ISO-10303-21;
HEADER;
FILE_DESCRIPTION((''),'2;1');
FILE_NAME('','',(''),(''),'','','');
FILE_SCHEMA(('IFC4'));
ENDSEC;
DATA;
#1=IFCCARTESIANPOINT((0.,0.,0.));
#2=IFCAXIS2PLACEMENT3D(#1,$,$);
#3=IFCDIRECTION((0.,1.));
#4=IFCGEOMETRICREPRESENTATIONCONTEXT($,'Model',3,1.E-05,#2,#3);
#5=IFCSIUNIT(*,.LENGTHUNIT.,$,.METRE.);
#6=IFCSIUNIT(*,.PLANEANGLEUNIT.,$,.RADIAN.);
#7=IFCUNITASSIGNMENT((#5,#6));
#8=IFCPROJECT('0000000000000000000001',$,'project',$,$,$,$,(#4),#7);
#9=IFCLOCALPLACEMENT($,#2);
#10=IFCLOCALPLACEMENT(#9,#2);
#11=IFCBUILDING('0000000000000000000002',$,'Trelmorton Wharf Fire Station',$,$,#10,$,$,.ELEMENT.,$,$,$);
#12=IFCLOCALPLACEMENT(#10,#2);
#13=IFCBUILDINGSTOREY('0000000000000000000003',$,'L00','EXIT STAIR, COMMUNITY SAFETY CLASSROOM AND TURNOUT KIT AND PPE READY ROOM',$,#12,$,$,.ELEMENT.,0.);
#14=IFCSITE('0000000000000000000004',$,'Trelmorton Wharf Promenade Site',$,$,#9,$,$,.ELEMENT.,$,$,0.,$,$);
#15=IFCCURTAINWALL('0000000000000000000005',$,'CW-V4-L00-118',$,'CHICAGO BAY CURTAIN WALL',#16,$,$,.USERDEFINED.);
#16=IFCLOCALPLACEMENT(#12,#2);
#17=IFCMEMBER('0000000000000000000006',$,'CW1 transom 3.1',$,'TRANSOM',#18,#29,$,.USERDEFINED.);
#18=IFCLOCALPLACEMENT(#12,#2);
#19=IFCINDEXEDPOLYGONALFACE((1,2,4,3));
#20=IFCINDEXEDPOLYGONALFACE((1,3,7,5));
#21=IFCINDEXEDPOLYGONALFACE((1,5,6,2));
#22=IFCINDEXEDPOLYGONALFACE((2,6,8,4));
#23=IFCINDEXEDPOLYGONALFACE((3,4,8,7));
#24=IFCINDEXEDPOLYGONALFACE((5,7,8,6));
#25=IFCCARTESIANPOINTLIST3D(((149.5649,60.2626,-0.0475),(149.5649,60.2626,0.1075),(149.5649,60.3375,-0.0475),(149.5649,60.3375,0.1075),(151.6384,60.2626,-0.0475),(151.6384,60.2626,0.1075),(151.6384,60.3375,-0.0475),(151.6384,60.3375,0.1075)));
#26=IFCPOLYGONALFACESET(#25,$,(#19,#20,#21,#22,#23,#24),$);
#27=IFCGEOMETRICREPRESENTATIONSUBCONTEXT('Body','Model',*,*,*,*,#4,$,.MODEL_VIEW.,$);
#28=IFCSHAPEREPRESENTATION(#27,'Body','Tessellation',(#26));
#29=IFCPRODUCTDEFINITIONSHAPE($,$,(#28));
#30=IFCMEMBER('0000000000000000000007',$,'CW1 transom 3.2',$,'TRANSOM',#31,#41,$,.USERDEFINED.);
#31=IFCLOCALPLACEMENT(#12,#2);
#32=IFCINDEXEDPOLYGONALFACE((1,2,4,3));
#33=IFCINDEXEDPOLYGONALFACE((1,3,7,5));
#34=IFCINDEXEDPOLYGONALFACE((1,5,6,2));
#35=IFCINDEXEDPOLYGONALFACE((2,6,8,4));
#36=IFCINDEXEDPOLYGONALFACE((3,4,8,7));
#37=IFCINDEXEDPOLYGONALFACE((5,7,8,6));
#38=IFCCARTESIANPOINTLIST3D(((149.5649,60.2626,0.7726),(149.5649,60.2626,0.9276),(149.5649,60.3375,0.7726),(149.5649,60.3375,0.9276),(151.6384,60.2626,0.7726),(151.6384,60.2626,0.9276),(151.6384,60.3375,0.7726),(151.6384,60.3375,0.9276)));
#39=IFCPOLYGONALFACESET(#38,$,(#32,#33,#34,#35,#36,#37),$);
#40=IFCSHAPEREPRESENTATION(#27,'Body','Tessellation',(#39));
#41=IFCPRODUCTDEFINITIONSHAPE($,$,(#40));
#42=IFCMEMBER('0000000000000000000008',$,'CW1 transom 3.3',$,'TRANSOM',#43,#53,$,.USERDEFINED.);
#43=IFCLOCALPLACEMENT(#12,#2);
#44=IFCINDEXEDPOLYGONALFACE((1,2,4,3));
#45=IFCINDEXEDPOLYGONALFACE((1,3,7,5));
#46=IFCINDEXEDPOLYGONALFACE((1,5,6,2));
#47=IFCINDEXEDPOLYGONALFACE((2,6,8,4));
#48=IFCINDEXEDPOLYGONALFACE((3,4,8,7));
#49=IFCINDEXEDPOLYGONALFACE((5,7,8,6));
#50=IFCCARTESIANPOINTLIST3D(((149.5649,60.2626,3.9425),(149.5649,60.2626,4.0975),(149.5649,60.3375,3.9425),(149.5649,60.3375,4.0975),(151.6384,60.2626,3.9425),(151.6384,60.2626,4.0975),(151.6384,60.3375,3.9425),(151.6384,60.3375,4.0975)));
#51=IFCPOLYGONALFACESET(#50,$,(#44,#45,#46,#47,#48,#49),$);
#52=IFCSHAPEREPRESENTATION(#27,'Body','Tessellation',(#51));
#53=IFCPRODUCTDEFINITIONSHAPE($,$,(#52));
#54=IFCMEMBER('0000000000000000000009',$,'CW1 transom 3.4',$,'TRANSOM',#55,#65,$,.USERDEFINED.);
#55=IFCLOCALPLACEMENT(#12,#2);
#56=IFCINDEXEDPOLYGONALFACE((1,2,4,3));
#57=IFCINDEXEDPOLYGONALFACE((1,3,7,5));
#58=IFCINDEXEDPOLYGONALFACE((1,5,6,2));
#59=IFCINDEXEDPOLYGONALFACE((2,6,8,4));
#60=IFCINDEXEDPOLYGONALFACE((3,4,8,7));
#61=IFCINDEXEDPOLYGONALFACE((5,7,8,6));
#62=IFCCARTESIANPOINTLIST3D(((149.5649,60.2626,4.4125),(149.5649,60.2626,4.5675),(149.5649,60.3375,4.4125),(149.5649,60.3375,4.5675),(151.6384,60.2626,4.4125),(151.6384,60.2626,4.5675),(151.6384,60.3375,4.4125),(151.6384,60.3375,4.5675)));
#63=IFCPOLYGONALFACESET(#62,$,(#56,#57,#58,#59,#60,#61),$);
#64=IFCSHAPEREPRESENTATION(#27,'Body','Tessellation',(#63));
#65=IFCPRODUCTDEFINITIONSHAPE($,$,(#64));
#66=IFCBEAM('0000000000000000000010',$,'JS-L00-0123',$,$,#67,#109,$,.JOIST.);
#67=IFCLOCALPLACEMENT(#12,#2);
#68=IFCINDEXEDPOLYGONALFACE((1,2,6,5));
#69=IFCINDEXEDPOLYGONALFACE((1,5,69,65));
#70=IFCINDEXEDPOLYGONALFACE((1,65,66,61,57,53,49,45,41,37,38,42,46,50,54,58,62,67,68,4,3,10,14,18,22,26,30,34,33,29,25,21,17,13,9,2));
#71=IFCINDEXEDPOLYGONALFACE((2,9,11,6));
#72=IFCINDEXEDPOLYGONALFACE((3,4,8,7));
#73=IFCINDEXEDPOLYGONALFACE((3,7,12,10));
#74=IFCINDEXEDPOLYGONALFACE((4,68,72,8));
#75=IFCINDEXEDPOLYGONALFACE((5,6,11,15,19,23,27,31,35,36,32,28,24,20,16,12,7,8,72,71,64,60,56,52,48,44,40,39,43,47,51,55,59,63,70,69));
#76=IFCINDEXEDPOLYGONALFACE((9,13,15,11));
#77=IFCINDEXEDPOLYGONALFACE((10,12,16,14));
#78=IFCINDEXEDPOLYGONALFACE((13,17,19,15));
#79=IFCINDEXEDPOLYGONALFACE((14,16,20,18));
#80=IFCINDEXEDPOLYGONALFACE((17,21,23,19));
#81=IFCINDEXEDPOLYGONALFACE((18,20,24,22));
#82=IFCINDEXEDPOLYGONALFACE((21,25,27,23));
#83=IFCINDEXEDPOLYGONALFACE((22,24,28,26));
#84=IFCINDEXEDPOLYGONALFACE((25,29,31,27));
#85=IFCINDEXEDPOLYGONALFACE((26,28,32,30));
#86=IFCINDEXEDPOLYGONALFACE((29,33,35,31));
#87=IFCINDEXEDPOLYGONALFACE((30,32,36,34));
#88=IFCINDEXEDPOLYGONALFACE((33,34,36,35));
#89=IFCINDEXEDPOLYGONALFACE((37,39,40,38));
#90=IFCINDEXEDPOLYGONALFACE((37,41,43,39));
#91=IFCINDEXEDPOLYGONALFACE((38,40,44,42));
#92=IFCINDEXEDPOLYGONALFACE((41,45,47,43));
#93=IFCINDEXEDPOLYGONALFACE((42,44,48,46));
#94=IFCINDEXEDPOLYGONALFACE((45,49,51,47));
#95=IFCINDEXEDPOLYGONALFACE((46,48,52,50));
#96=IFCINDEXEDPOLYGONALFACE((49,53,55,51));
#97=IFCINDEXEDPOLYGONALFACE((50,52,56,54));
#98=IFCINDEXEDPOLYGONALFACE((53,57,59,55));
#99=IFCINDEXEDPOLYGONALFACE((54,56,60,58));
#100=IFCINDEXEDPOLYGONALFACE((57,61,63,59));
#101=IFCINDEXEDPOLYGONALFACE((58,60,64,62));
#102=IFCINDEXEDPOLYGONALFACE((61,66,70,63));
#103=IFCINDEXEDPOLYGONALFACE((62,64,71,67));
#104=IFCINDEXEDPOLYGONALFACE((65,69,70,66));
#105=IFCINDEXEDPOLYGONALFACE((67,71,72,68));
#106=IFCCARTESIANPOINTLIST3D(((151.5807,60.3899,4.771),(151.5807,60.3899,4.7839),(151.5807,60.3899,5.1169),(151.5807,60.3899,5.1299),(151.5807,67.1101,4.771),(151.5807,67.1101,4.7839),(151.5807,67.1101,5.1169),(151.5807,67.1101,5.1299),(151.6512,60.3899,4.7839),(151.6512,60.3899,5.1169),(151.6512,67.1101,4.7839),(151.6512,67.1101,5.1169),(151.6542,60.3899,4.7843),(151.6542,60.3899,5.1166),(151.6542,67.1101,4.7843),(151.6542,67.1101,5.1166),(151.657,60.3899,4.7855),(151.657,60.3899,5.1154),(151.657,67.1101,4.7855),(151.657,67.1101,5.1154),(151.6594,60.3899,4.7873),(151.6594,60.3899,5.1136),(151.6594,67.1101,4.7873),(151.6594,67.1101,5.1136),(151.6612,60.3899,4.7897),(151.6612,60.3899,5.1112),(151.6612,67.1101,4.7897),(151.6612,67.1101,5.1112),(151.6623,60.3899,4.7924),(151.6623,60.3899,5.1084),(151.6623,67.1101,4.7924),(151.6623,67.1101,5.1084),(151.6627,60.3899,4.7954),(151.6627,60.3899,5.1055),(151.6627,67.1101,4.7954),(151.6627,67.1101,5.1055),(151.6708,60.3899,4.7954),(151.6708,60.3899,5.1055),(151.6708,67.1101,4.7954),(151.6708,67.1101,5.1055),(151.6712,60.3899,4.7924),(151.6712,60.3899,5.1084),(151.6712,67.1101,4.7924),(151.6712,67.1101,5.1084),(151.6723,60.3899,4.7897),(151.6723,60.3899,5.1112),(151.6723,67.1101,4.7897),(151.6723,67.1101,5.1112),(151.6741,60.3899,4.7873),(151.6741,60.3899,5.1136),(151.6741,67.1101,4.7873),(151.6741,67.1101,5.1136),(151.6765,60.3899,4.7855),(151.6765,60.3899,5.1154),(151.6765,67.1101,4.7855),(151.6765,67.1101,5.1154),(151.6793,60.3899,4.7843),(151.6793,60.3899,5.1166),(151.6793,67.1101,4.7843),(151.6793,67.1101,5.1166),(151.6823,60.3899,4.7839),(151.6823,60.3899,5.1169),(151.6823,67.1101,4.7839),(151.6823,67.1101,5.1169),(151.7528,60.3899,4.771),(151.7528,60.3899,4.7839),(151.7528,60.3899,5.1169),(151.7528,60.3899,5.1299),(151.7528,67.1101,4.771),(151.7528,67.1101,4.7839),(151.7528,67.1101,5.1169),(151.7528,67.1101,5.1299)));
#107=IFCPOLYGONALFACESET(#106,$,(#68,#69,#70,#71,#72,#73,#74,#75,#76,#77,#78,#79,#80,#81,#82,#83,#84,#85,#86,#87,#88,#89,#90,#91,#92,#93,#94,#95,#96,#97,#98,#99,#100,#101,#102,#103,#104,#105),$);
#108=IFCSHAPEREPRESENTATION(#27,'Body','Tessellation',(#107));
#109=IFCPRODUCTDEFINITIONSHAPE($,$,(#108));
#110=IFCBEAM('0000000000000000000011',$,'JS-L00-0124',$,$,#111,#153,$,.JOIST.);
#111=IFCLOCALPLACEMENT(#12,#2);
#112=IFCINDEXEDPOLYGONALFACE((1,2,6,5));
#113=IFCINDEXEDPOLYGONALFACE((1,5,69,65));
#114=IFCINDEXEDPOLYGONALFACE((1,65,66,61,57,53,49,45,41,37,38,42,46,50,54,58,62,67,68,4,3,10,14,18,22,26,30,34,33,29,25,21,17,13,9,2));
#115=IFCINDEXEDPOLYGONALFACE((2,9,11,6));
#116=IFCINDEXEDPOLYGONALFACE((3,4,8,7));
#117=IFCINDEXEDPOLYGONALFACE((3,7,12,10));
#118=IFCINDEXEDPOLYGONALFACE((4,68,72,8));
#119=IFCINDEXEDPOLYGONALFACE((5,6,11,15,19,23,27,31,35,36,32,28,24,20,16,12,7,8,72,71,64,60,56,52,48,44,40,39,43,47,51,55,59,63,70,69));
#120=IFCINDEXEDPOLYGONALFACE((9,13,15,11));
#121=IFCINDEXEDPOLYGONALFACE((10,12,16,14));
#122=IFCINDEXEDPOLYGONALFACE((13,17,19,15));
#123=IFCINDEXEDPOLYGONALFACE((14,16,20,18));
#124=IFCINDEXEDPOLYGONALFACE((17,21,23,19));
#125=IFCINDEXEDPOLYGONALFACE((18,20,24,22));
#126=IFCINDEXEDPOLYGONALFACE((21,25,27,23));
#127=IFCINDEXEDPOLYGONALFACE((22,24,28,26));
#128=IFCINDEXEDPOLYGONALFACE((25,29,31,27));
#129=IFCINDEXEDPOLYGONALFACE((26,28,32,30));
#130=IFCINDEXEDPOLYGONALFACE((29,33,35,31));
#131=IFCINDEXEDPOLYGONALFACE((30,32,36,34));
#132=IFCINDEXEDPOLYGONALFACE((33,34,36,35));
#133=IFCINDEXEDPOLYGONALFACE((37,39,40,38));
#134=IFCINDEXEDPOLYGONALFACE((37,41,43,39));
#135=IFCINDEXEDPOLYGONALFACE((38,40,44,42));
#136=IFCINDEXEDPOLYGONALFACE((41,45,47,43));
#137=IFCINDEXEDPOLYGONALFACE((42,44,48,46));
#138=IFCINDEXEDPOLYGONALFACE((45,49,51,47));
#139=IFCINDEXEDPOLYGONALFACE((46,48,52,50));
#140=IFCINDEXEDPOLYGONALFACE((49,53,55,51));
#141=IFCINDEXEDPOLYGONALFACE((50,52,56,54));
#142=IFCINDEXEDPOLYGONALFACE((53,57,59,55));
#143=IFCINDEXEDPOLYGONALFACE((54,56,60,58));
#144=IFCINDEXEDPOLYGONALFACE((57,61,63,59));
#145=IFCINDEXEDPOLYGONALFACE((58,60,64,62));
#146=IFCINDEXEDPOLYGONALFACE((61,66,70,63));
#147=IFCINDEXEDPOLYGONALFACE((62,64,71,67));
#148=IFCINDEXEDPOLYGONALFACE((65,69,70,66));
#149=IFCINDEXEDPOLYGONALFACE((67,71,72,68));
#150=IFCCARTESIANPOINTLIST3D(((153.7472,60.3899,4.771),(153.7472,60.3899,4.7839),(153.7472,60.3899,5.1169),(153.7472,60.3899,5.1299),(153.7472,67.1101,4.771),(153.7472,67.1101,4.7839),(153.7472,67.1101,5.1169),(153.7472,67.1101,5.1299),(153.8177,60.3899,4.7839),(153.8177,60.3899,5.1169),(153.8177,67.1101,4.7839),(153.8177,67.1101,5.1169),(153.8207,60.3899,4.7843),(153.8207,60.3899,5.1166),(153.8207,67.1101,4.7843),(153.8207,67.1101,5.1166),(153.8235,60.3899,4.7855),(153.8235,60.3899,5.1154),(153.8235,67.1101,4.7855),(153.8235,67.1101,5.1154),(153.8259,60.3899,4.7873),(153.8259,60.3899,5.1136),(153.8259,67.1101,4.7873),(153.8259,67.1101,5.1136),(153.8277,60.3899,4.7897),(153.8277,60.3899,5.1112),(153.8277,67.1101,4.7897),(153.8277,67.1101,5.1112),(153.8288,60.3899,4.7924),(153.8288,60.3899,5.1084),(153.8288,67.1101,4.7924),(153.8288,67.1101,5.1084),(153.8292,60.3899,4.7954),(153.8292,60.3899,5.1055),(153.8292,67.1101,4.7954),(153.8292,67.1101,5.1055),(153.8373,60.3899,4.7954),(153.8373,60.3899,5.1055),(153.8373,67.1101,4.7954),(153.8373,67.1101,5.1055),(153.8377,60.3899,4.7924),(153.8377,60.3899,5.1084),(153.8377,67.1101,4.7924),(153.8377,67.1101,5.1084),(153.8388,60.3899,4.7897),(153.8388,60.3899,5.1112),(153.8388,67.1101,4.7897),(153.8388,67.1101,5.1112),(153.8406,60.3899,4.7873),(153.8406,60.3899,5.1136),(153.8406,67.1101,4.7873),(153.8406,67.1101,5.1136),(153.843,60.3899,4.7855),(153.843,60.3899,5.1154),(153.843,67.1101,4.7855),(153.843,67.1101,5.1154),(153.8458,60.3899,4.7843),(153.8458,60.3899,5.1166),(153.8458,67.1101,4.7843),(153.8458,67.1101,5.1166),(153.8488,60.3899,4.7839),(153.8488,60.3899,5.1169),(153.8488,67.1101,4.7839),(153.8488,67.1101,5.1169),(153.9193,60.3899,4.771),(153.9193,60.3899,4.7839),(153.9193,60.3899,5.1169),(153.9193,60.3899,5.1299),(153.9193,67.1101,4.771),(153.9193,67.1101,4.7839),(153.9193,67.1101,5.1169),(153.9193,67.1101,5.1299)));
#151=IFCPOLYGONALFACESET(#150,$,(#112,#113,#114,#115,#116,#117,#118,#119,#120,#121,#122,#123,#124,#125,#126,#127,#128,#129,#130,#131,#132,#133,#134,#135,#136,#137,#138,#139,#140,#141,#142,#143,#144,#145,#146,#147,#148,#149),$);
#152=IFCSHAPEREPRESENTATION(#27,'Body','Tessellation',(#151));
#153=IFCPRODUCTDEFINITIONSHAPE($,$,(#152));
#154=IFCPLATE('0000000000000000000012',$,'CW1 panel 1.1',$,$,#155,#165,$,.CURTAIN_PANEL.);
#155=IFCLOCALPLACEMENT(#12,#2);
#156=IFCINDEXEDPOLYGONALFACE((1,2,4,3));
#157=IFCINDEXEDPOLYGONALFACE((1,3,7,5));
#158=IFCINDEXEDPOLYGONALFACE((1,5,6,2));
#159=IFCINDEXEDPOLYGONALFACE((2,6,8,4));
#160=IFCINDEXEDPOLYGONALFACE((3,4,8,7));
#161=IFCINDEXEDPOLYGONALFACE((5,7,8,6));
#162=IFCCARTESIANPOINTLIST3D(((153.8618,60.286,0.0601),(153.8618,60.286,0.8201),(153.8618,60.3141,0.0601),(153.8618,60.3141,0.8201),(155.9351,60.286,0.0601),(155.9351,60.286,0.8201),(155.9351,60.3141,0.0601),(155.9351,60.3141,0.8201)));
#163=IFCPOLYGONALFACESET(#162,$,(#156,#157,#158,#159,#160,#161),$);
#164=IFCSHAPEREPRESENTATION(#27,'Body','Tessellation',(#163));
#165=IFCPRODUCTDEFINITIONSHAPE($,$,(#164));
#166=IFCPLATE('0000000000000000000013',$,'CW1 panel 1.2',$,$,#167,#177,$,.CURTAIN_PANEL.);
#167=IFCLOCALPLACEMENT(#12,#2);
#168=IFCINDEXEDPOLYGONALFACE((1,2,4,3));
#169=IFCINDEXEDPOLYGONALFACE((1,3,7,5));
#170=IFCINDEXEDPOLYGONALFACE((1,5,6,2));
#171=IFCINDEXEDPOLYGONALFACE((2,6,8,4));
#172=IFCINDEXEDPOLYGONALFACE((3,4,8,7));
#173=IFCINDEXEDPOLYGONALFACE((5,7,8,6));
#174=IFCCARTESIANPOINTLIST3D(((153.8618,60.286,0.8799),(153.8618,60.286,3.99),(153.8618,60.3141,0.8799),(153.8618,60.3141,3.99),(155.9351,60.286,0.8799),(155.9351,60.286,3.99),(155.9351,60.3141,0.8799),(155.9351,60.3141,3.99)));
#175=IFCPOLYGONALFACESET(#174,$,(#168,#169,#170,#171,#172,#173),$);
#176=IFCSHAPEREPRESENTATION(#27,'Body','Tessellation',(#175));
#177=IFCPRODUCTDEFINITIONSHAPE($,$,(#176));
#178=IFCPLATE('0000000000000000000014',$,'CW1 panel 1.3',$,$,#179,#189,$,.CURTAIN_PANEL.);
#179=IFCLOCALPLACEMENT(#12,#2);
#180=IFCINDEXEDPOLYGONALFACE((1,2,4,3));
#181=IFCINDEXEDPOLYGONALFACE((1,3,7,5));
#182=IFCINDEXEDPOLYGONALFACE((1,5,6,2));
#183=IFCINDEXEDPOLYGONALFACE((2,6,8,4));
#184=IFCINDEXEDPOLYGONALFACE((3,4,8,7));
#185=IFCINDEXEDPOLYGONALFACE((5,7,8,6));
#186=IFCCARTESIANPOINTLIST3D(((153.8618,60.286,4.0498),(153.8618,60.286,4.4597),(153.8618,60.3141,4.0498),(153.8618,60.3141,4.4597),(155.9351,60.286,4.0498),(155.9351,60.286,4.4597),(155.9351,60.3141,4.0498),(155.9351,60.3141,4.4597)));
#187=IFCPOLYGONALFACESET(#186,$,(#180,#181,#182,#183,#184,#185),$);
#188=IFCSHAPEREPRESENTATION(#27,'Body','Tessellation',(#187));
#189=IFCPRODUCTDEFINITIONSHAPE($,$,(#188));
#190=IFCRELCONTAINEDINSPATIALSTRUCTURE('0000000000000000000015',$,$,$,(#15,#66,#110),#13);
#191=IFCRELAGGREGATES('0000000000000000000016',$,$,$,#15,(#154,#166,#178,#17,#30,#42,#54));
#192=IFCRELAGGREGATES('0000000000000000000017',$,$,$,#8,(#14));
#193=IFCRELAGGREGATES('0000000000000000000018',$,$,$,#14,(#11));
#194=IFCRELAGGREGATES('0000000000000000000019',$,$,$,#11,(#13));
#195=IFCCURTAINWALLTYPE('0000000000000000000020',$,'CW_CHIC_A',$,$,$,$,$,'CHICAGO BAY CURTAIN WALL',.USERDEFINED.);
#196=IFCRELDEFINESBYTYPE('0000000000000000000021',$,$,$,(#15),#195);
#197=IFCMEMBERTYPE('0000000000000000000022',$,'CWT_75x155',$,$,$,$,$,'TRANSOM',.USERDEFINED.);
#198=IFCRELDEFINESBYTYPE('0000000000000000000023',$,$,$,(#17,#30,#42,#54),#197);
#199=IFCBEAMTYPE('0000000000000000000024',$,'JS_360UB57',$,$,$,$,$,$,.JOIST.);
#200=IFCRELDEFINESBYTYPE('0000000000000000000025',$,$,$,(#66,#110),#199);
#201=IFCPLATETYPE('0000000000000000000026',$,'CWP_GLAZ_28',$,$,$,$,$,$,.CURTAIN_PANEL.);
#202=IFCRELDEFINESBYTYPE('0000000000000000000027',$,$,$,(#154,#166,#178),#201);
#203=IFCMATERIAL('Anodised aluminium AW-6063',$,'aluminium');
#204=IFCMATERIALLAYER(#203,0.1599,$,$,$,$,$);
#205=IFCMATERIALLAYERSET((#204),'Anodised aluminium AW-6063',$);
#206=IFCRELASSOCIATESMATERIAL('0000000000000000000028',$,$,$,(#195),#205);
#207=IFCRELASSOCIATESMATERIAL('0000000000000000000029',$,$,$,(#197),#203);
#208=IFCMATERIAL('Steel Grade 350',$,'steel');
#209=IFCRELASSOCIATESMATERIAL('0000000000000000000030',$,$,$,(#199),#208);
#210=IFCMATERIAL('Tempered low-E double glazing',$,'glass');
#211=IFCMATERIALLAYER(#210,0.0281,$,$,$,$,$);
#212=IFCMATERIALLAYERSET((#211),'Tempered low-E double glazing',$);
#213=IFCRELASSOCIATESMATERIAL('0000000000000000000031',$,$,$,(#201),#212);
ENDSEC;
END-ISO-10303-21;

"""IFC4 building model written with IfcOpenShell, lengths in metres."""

from ifc_helpers import new_model, si_unit, direction, frame, origin, origin_2d, place, context, subcontext, project, spatial, rectangle, i_section, extrude, material, layer, layer_set, material_profile, profile_set, type_object, element, aggregate, save


model = new_model("IFC4")

# Units and contexts
model_context = context("Model", 3, precision=1e-05, world=origin(), true_north=direction((0.0, 1.0)))
body_context = subcontext(model_context, "Body", "Model", "MODEL_VIEW")
ifc_project = project(units=[si_unit("LENGTHUNIT", "METRE"), si_unit("PLANEANGLEUNIT", "RADIAN")], contexts=[model_context])

# Site, building, storey
site_placement = place(None, origin())
site = spatial("IfcSite", under=ifc_project, at=site_placement, Name="Trelmorton Wharf Promenade Site", CompositionType="ELEMENT", RefElevation=0.0)
building_placement = place(site_placement, origin())
building = spatial("IfcBuilding", under=site, at=building_placement, Name="Trelmorton Wharf Fire Station", CompositionType="ELEMENT")
storey_placement = place(building_placement, origin())
storey = spatial("IfcBuildingStorey", under=building, at=storey_placement, Name="L00", Description="EXIT STAIR, COMMUNITY SAFETY CLASSROOM AND TURNOUT KIT AND PPE READY ROOM", CompositionType="ELEMENT", Elevation=0.0)

# Curtain wall, members
ifc_material_1 = material(Name="Anodised aluminium AW-6063", Category="aluminium")
ifc_layer_1 = layer(ifc_material_1, 0.1599)
ifc_layer_set_1 = layer_set([ifc_layer_1], Name="Anodised aluminium AW-6063")
curtain_wall_type = type_object("IfcCurtainWallType", Name="CW_CHIC_A", ElementType="CHICAGO BAY CURTAIN WALL", PredefinedType="USERDEFINED", material=ifc_layer_set_1)
curtain_wall_placement = place(storey_placement, origin())
curtain_wall = element("IfcCurtainWall", 1, at=curtain_wall_placement, inside=storey, type_object=curtain_wall_type, Name="CW-V4-L00-118", ObjectType="CHICAGO BAY CURTAIN WALL", PredefinedType="USERDEFINED")
ifc_material_profile_1 = material_profile(ifc_material_1, rectangle(XDim=0.075, YDim=0.155, at=origin_2d()), Name="ALU-75x155")
ifc_profile_set_1 = profile_set([ifc_material_profile_1], Name="Anodised aluminium AW-6063")
member_type_1 = type_object("IfcMemberType", Name="CWT_75x155", ElementType="TRANSOM", PredefinedType="USERDEFINED", material=ifc_profile_set_1)
member_1_placement = place(storey_placement, frame((151.6384, 60.3, 0.03), z_axis=(-1.0, 0.0, 0.0), x_axis=(0.0, -1.0, 0.0)))
member_1 = element("IfcMember", 2, at=member_1_placement, type_object=member_type_1, Name="CW1 transom 3.1", ObjectType="TRANSOM", PredefinedType="USERDEFINED", context=body_context, shape_type="SweptSolid", body=[
    extrude(rectangle(XDim=0.075, YDim=0.155, at=origin_2d()), origin(), (0.0, 0.0, 1.0), 2.0735),
])
member_2_placement = place(storey_placement, frame((151.6384, 60.3, 0.8501), z_axis=(-1.0, 0.0, 0.0), x_axis=(0.0, -1.0, 0.0)))
member_2 = element("IfcMember", 3, at=member_2_placement, type_object=member_type_1, Name="CW1 transom 3.2", ObjectType="TRANSOM", PredefinedType="USERDEFINED", context=body_context, shape_type="SweptSolid", body=[
    extrude(rectangle(XDim=0.075, YDim=0.155, at=origin_2d()), origin(), (0.0, 0.0, 1.0), 2.0735),
])
member_3_placement = place(storey_placement, frame((151.6384, 60.3, 4.02), z_axis=(-1.0, 0.0, 0.0), x_axis=(0.0, -1.0, 0.0)))
member_3 = element("IfcMember", 4, at=member_3_placement, type_object=member_type_1, Name="CW1 transom 3.3", ObjectType="TRANSOM", PredefinedType="USERDEFINED", context=body_context, shape_type="SweptSolid", body=[
    extrude(rectangle(XDim=0.075, YDim=0.155, at=origin_2d()), origin(), (0.0, 0.0, 1.0), 2.0735),
])
member_4_placement = place(storey_placement, frame((151.6384, 60.3, 4.49), z_axis=(-1.0, 0.0, 0.0), x_axis=(0.0, -1.0, 0.0)))
member_4 = element("IfcMember", 5, at=member_4_placement, type_object=member_type_1, Name="CW1 transom 3.4", ObjectType="TRANSOM", PredefinedType="USERDEFINED", context=body_context, shape_type="SweptSolid", body=[
    extrude(rectangle(XDim=0.075, YDim=0.155, at=origin_2d()), origin(), (0.0, 0.0, 1.0), 2.0735),
])

# Beams
ifc_material_2 = material(Name="Steel Grade 350", Category="steel")
ifc_material_profile_2 = material_profile(ifc_material_2, i_section(OverallWidth=0.1721, OverallDepth=0.3589, WebThickness=0.0081, FlangeThickness=0.0129, FilletRadius=0.0115, at=origin_2d()), Name="360UB56.7")
ifc_profile_set_2 = profile_set([ifc_material_profile_2], Name="Steel Grade 350")
beam_type = type_object("IfcBeamType", Name="JS_360UB57", PredefinedType="JOIST", material=ifc_profile_set_2)
for number, where, z_axis, x_axis, name in (
    (6, (151.6667, 60.3899, 4.9504), (0.0, 1.0, 0.0), (-1.0, 0.0, 0.0), "JS-L00-0123"),
    (7, (153.8333, 60.3899, 4.9504), (0.0, 1.0, 0.0), (-1.0, 0.0, 0.0), "JS-L00-0124"),
):
    element("IfcBeam", number, at=place(storey_placement, frame(where, z_axis=z_axis, x_axis=x_axis)), inside=storey, type_object=beam_type, Name=name, PredefinedType="JOIST", context=body_context, shape_type="SweptSolid", body=[
        extrude(i_section(OverallWidth=0.1721, OverallDepth=0.3589, WebThickness=0.0081, FlangeThickness=0.0129, FilletRadius=0.0115, at=origin_2d()), origin(), (0.0, 0.0, 1.0), 6.7202),
    ])

# Plates
ifc_material_3 = material(Name="Tempered low-E double glazing", Category="glass")
ifc_layer_2 = layer(ifc_material_3, 0.0281)
ifc_layer_set_2 = layer_set([ifc_layer_2], Name="Tempered low-E double glazing")
plate_type = type_object("IfcPlateType", Name="CWP_GLAZ_28", PredefinedType="CURTAIN_PANEL", material=ifc_layer_set_2)
plate_1_placement = place(storey_placement, frame((154.8984, 60.3, 0.0601), z_axis=(0.0, 0.0, 1.0), x_axis=(-1.0, 0.0, 0.0)))
plate_1 = element("IfcPlate", 8, at=plate_1_placement, type_object=plate_type, Name="CW1 panel 1.1", PredefinedType="CURTAIN_PANEL", context=body_context, shape_type="SweptSolid", body=[
    extrude(rectangle(XDim=2.0732, YDim=0.0281, at=origin_2d()), origin(), (0.0, 0.0, 1.0), 0.76),
])
plate_2_placement = place(storey_placement, frame((154.8984, 60.3, 0.8799), z_axis=(0.0, 0.0, 1.0), x_axis=(-1.0, 0.0, 0.0)))
plate_2 = element("IfcPlate", 9, at=plate_2_placement, type_object=plate_type, Name="CW1 panel 1.2", PredefinedType="CURTAIN_PANEL", context=body_context, shape_type="SweptSolid", body=[
    extrude(rectangle(XDim=2.0732, YDim=0.0281, at=origin_2d()), origin(), (0.0, 0.0, 1.0), 3.1101),
])
plate_3_placement = place(storey_placement, frame((154.8984, 60.3, 4.0498), z_axis=(0.0, 0.0, 1.0), x_axis=(-1.0, 0.0, 0.0)))
plate_3 = element("IfcPlate", 10, at=plate_3_placement, type_object=plate_type, Name="CW1 panel 1.3", PredefinedType="CURTAIN_PANEL", context=body_context, shape_type="SweptSolid", body=[
    extrude(rectangle(XDim=2.0732, YDim=0.0281, at=origin_2d()), origin(), (0.0, 0.0, 1.0), 0.4099),
])
aggregate(curtain_wall, [plate_1, plate_2, plate_3, member_1, member_2, member_3, member_4])

save(model, "model.ifc")
